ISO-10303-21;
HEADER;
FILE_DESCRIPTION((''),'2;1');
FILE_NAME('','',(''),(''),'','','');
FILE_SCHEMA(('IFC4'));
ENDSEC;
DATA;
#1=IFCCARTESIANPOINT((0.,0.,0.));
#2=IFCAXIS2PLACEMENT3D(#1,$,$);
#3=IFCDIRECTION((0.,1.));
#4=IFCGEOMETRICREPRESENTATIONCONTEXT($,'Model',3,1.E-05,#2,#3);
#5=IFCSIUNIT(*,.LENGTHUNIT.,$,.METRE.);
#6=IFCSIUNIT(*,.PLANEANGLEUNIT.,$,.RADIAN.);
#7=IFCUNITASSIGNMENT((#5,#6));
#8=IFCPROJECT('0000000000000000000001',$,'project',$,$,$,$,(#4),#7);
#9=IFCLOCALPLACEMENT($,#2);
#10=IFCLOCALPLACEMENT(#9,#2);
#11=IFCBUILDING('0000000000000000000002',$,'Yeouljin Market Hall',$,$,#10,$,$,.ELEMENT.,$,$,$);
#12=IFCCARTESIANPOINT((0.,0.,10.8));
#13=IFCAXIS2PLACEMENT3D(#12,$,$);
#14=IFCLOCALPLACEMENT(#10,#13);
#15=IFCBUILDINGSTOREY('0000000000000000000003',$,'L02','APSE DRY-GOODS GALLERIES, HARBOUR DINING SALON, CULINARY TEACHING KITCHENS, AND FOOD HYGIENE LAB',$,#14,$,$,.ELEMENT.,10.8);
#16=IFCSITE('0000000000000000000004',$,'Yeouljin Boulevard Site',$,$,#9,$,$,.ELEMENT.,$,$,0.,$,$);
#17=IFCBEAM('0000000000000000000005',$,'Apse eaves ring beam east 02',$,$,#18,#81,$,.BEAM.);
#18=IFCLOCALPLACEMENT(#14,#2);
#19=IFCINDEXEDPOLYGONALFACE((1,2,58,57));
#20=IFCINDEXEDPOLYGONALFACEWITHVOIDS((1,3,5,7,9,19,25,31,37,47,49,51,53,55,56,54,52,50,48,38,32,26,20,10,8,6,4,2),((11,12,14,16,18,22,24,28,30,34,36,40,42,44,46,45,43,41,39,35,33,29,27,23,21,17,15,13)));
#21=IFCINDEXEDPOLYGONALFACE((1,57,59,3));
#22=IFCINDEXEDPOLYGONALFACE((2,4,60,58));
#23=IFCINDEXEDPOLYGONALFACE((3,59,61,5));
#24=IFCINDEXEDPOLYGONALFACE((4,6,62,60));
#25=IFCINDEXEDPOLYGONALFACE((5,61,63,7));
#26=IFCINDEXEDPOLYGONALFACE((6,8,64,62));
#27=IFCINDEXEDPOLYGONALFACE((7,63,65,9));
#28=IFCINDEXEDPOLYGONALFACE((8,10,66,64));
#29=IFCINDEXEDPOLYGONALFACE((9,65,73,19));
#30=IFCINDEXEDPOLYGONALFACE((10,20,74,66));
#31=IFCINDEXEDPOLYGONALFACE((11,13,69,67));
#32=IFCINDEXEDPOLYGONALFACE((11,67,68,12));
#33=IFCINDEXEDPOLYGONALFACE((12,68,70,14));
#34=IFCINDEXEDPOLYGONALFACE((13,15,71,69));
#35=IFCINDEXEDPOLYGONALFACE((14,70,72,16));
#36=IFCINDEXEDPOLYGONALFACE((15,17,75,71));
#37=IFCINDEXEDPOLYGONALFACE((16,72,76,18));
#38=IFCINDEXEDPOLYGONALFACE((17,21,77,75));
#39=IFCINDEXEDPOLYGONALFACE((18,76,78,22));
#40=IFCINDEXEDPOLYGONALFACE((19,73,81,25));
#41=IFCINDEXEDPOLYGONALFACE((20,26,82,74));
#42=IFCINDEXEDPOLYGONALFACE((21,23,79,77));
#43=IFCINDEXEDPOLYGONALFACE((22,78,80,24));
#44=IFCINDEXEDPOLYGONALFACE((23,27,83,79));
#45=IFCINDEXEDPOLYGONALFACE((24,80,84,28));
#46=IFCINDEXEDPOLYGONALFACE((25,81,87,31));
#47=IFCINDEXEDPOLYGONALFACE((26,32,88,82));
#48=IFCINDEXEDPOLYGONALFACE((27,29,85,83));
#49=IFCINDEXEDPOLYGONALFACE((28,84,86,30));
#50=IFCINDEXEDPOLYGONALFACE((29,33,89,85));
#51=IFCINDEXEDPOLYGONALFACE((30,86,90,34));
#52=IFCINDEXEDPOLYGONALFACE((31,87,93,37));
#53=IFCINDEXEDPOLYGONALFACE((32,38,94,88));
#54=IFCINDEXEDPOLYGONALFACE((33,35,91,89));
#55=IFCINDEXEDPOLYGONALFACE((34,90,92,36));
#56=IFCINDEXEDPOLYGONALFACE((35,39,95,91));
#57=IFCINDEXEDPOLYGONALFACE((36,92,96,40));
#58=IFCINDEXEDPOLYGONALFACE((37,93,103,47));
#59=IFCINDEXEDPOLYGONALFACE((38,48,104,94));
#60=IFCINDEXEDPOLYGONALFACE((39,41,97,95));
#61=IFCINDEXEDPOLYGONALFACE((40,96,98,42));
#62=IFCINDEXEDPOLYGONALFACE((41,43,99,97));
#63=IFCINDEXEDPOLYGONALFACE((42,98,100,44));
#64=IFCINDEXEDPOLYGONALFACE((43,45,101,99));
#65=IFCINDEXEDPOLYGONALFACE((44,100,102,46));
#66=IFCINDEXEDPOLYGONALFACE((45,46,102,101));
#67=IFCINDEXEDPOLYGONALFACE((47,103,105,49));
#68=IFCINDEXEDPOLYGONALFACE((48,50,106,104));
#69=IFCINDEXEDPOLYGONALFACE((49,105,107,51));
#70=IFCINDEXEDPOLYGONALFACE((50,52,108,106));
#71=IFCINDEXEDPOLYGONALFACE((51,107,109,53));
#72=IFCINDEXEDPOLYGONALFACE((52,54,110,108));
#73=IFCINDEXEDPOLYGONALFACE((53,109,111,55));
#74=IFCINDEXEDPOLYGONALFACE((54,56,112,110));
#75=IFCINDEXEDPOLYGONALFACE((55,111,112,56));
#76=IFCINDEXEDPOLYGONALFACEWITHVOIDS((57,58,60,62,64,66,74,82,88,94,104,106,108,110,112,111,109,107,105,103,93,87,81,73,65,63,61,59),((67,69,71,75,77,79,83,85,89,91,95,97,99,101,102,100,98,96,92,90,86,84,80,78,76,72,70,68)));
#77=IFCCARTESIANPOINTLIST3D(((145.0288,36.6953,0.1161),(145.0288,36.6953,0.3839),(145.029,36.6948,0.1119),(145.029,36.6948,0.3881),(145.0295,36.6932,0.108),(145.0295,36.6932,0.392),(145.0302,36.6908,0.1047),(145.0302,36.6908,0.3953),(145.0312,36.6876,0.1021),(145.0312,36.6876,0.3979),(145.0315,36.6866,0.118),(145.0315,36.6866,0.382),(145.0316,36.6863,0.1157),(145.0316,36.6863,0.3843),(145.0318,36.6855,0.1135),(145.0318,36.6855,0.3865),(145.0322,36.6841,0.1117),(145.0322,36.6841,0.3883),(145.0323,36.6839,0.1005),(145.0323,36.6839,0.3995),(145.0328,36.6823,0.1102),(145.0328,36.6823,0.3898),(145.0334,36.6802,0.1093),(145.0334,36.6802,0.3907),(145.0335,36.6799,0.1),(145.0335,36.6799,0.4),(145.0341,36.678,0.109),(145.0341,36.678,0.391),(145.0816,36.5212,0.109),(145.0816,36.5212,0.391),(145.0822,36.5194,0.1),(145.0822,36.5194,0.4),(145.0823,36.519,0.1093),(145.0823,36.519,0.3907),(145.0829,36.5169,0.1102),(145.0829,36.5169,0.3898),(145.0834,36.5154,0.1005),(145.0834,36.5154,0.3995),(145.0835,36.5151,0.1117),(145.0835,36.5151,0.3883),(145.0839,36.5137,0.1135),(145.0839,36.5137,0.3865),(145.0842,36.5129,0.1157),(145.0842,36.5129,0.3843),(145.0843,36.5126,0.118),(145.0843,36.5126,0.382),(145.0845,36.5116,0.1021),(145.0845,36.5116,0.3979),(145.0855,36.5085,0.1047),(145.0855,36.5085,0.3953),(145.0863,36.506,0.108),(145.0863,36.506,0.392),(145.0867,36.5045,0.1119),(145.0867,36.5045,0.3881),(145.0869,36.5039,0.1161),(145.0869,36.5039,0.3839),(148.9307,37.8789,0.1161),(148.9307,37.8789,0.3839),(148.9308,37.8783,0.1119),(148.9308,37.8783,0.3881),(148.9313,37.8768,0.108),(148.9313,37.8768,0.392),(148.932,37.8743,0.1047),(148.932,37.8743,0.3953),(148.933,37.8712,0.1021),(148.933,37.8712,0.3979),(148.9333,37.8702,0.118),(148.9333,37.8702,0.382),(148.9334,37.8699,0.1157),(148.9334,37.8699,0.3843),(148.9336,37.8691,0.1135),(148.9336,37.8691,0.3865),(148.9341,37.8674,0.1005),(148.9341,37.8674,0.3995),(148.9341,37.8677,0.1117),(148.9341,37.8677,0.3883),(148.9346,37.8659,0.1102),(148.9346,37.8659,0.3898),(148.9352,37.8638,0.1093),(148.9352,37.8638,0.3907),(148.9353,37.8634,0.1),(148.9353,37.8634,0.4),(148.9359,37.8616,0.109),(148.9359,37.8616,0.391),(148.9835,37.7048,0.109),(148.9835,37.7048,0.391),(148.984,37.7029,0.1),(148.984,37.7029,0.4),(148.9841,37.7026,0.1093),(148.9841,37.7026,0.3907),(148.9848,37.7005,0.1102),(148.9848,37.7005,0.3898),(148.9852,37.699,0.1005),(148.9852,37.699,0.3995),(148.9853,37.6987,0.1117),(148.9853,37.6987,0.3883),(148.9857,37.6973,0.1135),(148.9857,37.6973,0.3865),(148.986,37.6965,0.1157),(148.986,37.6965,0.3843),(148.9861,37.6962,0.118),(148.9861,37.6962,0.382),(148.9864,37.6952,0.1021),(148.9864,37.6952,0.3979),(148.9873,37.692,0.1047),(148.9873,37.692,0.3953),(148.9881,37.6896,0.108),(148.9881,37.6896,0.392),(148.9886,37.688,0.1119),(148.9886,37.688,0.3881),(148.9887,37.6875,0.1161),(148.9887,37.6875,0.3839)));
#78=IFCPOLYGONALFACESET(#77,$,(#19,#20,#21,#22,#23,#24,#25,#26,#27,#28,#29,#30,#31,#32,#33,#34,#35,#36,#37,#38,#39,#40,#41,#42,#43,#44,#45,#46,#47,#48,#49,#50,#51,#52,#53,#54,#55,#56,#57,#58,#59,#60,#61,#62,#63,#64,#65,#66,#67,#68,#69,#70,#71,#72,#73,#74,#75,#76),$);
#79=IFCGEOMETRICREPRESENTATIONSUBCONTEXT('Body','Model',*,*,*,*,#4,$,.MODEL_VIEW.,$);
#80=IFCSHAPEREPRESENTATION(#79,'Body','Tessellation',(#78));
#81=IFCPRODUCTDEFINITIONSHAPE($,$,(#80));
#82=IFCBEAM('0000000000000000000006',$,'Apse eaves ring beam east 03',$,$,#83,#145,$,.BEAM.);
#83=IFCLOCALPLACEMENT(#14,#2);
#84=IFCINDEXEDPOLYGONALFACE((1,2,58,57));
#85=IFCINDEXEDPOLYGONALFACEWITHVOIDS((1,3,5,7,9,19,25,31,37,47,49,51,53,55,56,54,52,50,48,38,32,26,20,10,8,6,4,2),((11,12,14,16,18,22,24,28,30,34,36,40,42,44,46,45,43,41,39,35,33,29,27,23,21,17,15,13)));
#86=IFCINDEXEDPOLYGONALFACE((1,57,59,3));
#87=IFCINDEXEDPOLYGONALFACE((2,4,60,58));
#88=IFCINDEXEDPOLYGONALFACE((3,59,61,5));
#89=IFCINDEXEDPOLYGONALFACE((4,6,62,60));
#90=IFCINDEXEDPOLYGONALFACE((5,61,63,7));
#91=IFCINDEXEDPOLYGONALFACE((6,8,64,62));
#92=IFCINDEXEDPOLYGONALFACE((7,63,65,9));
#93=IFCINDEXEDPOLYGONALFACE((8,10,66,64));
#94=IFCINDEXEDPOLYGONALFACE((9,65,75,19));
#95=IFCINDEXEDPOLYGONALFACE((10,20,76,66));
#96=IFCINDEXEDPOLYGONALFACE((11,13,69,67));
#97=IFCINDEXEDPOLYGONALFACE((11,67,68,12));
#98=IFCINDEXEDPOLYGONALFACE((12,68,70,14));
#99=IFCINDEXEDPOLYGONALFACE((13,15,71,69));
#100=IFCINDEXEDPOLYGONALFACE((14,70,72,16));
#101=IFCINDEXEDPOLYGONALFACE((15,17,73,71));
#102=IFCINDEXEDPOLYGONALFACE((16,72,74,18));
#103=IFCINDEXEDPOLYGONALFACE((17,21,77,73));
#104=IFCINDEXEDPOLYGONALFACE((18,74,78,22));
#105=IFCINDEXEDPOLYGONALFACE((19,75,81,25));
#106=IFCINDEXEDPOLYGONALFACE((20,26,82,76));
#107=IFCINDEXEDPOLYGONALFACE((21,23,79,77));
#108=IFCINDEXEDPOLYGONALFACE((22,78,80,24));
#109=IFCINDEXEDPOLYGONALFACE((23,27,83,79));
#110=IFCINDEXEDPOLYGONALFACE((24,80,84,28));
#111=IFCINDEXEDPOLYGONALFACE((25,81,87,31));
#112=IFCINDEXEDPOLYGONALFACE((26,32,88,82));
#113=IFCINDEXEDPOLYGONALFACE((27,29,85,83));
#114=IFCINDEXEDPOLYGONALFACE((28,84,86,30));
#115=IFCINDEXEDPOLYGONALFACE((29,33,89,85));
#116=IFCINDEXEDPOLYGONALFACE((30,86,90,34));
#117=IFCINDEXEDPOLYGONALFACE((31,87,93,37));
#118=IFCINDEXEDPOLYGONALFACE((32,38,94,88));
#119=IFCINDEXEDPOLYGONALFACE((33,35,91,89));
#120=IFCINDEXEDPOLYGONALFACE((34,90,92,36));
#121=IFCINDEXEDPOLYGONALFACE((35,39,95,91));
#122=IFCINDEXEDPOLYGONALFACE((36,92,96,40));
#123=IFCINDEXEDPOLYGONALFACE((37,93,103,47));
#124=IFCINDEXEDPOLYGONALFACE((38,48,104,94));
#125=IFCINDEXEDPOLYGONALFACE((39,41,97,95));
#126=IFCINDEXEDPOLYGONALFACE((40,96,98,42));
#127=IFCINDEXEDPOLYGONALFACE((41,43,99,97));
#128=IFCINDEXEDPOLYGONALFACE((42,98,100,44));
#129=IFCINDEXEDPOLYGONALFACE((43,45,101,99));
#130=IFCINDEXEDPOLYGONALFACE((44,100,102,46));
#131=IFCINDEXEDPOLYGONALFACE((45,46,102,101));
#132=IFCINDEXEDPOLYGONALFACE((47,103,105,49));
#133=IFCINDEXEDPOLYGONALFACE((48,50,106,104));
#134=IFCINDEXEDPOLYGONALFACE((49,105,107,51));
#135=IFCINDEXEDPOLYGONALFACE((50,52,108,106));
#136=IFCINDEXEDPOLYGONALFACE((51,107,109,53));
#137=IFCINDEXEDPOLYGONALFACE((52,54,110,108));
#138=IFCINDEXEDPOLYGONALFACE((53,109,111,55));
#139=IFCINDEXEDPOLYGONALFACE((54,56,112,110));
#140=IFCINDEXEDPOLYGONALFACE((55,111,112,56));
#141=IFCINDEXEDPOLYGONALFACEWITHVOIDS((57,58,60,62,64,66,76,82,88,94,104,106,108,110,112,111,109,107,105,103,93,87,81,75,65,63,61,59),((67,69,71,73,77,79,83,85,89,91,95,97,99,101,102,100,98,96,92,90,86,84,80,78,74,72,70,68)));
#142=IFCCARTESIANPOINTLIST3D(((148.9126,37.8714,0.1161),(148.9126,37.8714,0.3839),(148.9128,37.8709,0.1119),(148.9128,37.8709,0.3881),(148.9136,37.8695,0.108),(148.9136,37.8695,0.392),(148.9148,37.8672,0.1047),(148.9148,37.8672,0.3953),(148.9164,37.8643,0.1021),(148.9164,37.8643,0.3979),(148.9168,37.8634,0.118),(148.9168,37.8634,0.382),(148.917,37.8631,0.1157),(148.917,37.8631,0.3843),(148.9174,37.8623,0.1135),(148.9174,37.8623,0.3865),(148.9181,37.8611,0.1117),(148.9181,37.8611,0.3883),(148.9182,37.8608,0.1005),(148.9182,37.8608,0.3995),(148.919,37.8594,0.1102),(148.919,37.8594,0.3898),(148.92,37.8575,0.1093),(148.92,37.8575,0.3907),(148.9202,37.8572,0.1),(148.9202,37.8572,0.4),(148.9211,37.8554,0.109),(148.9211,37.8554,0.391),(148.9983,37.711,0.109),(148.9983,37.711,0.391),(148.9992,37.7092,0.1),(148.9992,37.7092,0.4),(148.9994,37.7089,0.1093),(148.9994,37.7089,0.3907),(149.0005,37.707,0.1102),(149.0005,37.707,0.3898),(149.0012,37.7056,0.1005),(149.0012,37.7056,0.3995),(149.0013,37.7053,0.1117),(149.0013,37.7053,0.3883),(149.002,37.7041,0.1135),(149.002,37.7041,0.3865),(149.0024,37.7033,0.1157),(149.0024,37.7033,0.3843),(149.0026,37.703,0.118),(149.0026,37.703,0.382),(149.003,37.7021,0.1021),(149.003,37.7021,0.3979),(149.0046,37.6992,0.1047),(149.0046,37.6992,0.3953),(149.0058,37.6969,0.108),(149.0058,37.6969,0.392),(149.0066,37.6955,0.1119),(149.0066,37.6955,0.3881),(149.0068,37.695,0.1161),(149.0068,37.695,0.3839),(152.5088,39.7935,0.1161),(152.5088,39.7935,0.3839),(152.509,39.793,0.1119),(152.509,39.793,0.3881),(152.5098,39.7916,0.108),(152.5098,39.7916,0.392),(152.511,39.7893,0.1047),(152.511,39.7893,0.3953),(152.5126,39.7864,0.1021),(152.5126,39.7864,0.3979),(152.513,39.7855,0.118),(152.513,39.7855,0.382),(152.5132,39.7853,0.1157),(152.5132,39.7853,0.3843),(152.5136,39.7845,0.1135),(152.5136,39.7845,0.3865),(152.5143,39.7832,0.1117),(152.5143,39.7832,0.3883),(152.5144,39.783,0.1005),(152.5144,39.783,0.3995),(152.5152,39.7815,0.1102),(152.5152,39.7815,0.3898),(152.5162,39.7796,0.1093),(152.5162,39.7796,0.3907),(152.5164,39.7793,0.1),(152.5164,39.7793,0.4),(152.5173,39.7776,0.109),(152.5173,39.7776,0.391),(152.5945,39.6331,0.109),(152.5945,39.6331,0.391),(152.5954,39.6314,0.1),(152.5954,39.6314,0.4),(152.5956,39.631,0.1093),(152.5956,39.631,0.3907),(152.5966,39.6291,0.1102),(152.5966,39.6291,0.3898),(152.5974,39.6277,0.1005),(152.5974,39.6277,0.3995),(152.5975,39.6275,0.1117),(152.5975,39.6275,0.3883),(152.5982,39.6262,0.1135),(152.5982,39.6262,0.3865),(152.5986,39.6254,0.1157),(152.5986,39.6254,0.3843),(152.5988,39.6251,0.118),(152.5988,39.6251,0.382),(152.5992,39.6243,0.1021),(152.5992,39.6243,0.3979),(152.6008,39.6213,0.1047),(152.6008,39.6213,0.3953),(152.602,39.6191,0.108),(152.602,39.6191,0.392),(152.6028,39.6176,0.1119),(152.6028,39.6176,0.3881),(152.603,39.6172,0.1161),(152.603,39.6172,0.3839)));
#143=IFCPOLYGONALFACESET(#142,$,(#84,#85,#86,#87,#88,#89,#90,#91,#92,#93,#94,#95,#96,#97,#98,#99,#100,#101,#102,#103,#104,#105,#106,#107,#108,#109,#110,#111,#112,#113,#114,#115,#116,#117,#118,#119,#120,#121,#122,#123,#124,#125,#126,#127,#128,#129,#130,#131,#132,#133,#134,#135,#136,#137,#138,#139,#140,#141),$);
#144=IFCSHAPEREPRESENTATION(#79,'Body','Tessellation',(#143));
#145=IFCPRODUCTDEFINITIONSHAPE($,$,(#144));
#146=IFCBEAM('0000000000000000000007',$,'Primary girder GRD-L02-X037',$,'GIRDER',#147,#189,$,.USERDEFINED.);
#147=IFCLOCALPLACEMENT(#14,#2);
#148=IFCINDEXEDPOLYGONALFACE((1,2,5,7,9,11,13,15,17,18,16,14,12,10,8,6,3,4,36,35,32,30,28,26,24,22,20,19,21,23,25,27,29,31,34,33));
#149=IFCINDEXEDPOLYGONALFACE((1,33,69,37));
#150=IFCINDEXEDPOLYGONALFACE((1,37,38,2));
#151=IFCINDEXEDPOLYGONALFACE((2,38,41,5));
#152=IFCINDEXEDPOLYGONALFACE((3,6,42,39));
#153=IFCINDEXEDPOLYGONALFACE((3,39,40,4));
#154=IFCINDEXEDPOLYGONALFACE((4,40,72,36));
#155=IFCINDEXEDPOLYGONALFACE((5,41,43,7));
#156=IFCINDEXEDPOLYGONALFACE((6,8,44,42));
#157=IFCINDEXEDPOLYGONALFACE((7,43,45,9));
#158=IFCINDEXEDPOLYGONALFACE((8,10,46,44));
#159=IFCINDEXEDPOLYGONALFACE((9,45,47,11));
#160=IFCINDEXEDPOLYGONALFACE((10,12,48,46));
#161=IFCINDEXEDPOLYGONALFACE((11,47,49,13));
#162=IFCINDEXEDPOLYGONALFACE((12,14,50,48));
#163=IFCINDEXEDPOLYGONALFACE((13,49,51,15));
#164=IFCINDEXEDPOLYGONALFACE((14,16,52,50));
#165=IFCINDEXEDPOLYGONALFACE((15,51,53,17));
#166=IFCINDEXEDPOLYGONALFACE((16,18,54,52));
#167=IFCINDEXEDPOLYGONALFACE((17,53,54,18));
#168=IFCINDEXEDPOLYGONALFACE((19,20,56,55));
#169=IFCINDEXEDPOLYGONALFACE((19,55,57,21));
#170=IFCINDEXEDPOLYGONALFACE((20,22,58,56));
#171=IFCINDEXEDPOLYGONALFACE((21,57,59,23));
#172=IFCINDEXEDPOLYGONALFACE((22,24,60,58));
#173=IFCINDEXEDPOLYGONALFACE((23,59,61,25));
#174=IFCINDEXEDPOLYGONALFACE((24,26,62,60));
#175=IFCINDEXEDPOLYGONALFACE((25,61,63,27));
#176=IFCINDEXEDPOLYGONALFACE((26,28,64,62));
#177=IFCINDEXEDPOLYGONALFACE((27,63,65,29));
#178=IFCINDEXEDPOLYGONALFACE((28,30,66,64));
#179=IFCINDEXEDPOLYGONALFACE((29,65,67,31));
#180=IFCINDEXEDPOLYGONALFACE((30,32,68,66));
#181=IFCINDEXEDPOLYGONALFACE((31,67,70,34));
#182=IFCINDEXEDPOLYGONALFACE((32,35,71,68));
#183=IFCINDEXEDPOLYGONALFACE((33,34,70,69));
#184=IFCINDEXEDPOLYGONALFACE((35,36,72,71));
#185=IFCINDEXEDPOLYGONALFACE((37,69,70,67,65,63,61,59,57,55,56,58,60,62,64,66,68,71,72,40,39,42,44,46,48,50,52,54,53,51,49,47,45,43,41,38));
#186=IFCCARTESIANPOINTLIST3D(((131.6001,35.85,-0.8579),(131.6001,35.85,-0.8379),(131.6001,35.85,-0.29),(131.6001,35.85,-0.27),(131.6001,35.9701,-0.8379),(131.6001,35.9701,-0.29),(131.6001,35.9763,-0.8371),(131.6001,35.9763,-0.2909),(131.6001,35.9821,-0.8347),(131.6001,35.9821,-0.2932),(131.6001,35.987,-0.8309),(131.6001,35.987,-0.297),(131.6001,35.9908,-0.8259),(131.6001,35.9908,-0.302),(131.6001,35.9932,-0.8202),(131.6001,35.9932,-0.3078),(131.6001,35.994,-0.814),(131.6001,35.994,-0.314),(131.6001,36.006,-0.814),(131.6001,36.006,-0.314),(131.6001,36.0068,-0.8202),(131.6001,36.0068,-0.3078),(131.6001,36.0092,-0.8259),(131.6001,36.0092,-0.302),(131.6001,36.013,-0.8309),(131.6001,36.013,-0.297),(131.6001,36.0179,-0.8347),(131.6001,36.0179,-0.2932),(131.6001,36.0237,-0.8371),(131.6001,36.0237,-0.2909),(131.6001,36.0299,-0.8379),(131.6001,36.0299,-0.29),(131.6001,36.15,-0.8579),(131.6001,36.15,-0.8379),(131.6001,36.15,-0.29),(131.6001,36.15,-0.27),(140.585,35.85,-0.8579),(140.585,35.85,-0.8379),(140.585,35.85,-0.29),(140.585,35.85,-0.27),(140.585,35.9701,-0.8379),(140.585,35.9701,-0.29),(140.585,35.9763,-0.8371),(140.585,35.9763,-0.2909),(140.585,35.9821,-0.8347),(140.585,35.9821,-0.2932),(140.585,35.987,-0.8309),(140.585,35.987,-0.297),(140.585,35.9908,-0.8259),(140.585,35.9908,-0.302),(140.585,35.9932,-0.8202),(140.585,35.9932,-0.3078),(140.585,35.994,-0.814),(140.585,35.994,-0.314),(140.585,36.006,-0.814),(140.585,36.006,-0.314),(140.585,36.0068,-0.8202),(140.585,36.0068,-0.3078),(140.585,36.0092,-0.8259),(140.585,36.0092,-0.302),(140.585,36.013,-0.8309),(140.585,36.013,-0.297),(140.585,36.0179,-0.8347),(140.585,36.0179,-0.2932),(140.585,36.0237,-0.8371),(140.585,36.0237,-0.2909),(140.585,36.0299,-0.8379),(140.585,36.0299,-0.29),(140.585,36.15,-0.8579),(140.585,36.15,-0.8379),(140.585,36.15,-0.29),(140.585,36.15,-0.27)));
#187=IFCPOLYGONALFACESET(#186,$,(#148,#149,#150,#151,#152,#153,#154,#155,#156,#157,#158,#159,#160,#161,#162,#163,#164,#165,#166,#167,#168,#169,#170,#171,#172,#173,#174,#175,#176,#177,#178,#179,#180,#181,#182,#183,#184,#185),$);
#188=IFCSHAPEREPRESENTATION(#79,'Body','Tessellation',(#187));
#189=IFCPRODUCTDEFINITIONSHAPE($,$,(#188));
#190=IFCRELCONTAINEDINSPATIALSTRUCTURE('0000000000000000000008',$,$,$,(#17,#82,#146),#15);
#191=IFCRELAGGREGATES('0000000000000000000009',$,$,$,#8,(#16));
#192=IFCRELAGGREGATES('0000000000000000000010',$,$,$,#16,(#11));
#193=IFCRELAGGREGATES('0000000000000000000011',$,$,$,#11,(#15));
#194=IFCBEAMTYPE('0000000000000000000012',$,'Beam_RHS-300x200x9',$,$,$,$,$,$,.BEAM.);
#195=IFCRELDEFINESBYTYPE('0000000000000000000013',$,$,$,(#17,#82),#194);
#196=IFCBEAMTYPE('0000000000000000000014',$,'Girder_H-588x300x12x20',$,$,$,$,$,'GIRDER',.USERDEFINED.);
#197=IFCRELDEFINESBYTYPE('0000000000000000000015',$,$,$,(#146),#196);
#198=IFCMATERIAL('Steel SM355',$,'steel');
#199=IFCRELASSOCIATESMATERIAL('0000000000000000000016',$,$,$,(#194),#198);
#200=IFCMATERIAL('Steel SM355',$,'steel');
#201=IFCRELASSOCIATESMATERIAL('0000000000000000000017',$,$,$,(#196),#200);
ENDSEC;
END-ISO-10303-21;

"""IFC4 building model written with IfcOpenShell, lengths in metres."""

from ifc_helpers import new_model, si_unit, direction, frame, origin, origin_2d, place, context, subcontext, project, spatial, hollow_rectangle, i_section, extrude, material, material_profile, profile_set, type_object, element, save


model = new_model("IFC4")

# Units and contexts
model_context = context("Model", 3, precision=1e-05, world=origin(), true_north=direction((0.0, 1.0)))
body_context = subcontext(model_context, "Body", "Model", "MODEL_VIEW")
ifc_project = project(units=[si_unit("LENGTHUNIT", "METRE"), si_unit("PLANEANGLEUNIT", "RADIAN")], contexts=[model_context])

# Site, building, storey
site_placement = place(None, origin())
site = spatial("IfcSite", under=ifc_project, at=site_placement, Name="Yeouljin Boulevard Site", CompositionType="ELEMENT", RefElevation=0.0)
building_placement = place(site_placement, origin())
building = spatial("IfcBuilding", under=site, at=building_placement, Name="Yeouljin Market Hall", CompositionType="ELEMENT")
storey_placement = place(building_placement, frame((0.0, 0.0, 10.8)))
storey = spatial("IfcBuildingStorey", under=building, at=storey_placement, Name="L02", Description="APSE DRY-GOODS GALLERIES, HARBOUR DINING SALON, CULINARY TEACHING KITCHENS, AND FOOD HYGIENE LAB", CompositionType="ELEMENT", Elevation=10.8)

# Beams
ifc_material_1 = material(Name="Steel SM355", Category="steel")
ifc_material_profile_1 = material_profile(ifc_material_1, hollow_rectangle(XDim=0.2, YDim=0.3, WallThickness=0.009, InnerFilletRadius=0.009, OuterFilletRadius=0.0161, at=origin_2d()), Name="RHS-300x200x9")
ifc_profile_set_1 = profile_set([ifc_material_profile_1], Name="Steel SM355")
beam_type_1 = type_object("IfcBeamType", Name="Beam_RHS-300x200x9", PredefinedType="BEAM", material=ifc_profile_set_1)
for number, where, z_axis, x_axis, name in (
    (1, (145.0579, 36.5996, 0.25), (0.956942, 0.29028, 0.0), (-0.29028, 0.956942, 0.0), "Apse eaves ring beam east 02"),
):
    element("IfcBeam", number, at=place(storey_placement, frame(where, z_axis=z_axis, x_axis=x_axis)), inside=storey, type_object=beam_type_1, Name=name, PredefinedType="BEAM", context=body_context, shape_type="SweptSolid", body=[
        extrude(hollow_rectangle(XDim=0.2, YDim=0.3, WallThickness=0.009, InnerFilletRadius=0.009, OuterFilletRadius=0.0161, at=origin_2d()), origin(), (0.0, 0.0, 1.0), 4.0774),
    ])
beam_1_placement = place(storey_placement, frame((148.9597, 37.7832, 0.25), z_axis=(0.88193, 0.47138, 0.0), x_axis=(-0.47138, 0.88193, 0.0)))
element("IfcBeam", 2, at=beam_1_placement, inside=storey, type_object=beam_type_1, Name="Apse eaves ring beam east 03", PredefinedType="BEAM", context=body_context, shape_type="SweptSolid", body=[
    extrude(hollow_rectangle(XDim=0.2, YDim=0.3, WallThickness=0.009, InnerFilletRadius=0.009, OuterFilletRadius=0.0161, at=origin_2d()), origin(), (0.0, 0.0, 1.0), 4.0776),
])
ifc_material_2 = material(Name="Steel SM355", Category="steel")
ifc_material_profile_2 = material_profile(ifc_material_2, i_section(OverallWidth=0.3, OverallDepth=0.5879, WebThickness=0.012, FlangeThickness=0.02, FilletRadius=0.0239, at=origin_2d()), Name="H-588x300x12x20")
ifc_profile_set_2 = profile_set([ifc_material_profile_2], Name="Steel SM355")
beam_type_2 = type_object("IfcBeamType", Name="Girder_H-588x300x12x20", ElementType="GIRDER", PredefinedType="USERDEFINED", material=ifc_profile_set_2)
beam_2_placement = place(storey_placement, frame((131.6001, 36.0, -0.564), z_axis=(1.0, 0.0, 0.0), x_axis=(0.0, 1.0, 0.0)))
element("IfcBeam", 3, at=beam_2_placement, inside=storey, type_object=beam_type_2, Name="Primary girder GRD-L02-X037", ObjectType="GIRDER", PredefinedType="USERDEFINED", context=body_context, shape_type="SweptSolid", body=[
    extrude(i_section(OverallWidth=0.3, OverallDepth=0.5879, WebThickness=0.012, FlangeThickness=0.02, FilletRadius=0.0239, at=origin_2d()), origin(), (0.0, 0.0, 1.0), 8.9849),
])

save(model, "model.ifc")
